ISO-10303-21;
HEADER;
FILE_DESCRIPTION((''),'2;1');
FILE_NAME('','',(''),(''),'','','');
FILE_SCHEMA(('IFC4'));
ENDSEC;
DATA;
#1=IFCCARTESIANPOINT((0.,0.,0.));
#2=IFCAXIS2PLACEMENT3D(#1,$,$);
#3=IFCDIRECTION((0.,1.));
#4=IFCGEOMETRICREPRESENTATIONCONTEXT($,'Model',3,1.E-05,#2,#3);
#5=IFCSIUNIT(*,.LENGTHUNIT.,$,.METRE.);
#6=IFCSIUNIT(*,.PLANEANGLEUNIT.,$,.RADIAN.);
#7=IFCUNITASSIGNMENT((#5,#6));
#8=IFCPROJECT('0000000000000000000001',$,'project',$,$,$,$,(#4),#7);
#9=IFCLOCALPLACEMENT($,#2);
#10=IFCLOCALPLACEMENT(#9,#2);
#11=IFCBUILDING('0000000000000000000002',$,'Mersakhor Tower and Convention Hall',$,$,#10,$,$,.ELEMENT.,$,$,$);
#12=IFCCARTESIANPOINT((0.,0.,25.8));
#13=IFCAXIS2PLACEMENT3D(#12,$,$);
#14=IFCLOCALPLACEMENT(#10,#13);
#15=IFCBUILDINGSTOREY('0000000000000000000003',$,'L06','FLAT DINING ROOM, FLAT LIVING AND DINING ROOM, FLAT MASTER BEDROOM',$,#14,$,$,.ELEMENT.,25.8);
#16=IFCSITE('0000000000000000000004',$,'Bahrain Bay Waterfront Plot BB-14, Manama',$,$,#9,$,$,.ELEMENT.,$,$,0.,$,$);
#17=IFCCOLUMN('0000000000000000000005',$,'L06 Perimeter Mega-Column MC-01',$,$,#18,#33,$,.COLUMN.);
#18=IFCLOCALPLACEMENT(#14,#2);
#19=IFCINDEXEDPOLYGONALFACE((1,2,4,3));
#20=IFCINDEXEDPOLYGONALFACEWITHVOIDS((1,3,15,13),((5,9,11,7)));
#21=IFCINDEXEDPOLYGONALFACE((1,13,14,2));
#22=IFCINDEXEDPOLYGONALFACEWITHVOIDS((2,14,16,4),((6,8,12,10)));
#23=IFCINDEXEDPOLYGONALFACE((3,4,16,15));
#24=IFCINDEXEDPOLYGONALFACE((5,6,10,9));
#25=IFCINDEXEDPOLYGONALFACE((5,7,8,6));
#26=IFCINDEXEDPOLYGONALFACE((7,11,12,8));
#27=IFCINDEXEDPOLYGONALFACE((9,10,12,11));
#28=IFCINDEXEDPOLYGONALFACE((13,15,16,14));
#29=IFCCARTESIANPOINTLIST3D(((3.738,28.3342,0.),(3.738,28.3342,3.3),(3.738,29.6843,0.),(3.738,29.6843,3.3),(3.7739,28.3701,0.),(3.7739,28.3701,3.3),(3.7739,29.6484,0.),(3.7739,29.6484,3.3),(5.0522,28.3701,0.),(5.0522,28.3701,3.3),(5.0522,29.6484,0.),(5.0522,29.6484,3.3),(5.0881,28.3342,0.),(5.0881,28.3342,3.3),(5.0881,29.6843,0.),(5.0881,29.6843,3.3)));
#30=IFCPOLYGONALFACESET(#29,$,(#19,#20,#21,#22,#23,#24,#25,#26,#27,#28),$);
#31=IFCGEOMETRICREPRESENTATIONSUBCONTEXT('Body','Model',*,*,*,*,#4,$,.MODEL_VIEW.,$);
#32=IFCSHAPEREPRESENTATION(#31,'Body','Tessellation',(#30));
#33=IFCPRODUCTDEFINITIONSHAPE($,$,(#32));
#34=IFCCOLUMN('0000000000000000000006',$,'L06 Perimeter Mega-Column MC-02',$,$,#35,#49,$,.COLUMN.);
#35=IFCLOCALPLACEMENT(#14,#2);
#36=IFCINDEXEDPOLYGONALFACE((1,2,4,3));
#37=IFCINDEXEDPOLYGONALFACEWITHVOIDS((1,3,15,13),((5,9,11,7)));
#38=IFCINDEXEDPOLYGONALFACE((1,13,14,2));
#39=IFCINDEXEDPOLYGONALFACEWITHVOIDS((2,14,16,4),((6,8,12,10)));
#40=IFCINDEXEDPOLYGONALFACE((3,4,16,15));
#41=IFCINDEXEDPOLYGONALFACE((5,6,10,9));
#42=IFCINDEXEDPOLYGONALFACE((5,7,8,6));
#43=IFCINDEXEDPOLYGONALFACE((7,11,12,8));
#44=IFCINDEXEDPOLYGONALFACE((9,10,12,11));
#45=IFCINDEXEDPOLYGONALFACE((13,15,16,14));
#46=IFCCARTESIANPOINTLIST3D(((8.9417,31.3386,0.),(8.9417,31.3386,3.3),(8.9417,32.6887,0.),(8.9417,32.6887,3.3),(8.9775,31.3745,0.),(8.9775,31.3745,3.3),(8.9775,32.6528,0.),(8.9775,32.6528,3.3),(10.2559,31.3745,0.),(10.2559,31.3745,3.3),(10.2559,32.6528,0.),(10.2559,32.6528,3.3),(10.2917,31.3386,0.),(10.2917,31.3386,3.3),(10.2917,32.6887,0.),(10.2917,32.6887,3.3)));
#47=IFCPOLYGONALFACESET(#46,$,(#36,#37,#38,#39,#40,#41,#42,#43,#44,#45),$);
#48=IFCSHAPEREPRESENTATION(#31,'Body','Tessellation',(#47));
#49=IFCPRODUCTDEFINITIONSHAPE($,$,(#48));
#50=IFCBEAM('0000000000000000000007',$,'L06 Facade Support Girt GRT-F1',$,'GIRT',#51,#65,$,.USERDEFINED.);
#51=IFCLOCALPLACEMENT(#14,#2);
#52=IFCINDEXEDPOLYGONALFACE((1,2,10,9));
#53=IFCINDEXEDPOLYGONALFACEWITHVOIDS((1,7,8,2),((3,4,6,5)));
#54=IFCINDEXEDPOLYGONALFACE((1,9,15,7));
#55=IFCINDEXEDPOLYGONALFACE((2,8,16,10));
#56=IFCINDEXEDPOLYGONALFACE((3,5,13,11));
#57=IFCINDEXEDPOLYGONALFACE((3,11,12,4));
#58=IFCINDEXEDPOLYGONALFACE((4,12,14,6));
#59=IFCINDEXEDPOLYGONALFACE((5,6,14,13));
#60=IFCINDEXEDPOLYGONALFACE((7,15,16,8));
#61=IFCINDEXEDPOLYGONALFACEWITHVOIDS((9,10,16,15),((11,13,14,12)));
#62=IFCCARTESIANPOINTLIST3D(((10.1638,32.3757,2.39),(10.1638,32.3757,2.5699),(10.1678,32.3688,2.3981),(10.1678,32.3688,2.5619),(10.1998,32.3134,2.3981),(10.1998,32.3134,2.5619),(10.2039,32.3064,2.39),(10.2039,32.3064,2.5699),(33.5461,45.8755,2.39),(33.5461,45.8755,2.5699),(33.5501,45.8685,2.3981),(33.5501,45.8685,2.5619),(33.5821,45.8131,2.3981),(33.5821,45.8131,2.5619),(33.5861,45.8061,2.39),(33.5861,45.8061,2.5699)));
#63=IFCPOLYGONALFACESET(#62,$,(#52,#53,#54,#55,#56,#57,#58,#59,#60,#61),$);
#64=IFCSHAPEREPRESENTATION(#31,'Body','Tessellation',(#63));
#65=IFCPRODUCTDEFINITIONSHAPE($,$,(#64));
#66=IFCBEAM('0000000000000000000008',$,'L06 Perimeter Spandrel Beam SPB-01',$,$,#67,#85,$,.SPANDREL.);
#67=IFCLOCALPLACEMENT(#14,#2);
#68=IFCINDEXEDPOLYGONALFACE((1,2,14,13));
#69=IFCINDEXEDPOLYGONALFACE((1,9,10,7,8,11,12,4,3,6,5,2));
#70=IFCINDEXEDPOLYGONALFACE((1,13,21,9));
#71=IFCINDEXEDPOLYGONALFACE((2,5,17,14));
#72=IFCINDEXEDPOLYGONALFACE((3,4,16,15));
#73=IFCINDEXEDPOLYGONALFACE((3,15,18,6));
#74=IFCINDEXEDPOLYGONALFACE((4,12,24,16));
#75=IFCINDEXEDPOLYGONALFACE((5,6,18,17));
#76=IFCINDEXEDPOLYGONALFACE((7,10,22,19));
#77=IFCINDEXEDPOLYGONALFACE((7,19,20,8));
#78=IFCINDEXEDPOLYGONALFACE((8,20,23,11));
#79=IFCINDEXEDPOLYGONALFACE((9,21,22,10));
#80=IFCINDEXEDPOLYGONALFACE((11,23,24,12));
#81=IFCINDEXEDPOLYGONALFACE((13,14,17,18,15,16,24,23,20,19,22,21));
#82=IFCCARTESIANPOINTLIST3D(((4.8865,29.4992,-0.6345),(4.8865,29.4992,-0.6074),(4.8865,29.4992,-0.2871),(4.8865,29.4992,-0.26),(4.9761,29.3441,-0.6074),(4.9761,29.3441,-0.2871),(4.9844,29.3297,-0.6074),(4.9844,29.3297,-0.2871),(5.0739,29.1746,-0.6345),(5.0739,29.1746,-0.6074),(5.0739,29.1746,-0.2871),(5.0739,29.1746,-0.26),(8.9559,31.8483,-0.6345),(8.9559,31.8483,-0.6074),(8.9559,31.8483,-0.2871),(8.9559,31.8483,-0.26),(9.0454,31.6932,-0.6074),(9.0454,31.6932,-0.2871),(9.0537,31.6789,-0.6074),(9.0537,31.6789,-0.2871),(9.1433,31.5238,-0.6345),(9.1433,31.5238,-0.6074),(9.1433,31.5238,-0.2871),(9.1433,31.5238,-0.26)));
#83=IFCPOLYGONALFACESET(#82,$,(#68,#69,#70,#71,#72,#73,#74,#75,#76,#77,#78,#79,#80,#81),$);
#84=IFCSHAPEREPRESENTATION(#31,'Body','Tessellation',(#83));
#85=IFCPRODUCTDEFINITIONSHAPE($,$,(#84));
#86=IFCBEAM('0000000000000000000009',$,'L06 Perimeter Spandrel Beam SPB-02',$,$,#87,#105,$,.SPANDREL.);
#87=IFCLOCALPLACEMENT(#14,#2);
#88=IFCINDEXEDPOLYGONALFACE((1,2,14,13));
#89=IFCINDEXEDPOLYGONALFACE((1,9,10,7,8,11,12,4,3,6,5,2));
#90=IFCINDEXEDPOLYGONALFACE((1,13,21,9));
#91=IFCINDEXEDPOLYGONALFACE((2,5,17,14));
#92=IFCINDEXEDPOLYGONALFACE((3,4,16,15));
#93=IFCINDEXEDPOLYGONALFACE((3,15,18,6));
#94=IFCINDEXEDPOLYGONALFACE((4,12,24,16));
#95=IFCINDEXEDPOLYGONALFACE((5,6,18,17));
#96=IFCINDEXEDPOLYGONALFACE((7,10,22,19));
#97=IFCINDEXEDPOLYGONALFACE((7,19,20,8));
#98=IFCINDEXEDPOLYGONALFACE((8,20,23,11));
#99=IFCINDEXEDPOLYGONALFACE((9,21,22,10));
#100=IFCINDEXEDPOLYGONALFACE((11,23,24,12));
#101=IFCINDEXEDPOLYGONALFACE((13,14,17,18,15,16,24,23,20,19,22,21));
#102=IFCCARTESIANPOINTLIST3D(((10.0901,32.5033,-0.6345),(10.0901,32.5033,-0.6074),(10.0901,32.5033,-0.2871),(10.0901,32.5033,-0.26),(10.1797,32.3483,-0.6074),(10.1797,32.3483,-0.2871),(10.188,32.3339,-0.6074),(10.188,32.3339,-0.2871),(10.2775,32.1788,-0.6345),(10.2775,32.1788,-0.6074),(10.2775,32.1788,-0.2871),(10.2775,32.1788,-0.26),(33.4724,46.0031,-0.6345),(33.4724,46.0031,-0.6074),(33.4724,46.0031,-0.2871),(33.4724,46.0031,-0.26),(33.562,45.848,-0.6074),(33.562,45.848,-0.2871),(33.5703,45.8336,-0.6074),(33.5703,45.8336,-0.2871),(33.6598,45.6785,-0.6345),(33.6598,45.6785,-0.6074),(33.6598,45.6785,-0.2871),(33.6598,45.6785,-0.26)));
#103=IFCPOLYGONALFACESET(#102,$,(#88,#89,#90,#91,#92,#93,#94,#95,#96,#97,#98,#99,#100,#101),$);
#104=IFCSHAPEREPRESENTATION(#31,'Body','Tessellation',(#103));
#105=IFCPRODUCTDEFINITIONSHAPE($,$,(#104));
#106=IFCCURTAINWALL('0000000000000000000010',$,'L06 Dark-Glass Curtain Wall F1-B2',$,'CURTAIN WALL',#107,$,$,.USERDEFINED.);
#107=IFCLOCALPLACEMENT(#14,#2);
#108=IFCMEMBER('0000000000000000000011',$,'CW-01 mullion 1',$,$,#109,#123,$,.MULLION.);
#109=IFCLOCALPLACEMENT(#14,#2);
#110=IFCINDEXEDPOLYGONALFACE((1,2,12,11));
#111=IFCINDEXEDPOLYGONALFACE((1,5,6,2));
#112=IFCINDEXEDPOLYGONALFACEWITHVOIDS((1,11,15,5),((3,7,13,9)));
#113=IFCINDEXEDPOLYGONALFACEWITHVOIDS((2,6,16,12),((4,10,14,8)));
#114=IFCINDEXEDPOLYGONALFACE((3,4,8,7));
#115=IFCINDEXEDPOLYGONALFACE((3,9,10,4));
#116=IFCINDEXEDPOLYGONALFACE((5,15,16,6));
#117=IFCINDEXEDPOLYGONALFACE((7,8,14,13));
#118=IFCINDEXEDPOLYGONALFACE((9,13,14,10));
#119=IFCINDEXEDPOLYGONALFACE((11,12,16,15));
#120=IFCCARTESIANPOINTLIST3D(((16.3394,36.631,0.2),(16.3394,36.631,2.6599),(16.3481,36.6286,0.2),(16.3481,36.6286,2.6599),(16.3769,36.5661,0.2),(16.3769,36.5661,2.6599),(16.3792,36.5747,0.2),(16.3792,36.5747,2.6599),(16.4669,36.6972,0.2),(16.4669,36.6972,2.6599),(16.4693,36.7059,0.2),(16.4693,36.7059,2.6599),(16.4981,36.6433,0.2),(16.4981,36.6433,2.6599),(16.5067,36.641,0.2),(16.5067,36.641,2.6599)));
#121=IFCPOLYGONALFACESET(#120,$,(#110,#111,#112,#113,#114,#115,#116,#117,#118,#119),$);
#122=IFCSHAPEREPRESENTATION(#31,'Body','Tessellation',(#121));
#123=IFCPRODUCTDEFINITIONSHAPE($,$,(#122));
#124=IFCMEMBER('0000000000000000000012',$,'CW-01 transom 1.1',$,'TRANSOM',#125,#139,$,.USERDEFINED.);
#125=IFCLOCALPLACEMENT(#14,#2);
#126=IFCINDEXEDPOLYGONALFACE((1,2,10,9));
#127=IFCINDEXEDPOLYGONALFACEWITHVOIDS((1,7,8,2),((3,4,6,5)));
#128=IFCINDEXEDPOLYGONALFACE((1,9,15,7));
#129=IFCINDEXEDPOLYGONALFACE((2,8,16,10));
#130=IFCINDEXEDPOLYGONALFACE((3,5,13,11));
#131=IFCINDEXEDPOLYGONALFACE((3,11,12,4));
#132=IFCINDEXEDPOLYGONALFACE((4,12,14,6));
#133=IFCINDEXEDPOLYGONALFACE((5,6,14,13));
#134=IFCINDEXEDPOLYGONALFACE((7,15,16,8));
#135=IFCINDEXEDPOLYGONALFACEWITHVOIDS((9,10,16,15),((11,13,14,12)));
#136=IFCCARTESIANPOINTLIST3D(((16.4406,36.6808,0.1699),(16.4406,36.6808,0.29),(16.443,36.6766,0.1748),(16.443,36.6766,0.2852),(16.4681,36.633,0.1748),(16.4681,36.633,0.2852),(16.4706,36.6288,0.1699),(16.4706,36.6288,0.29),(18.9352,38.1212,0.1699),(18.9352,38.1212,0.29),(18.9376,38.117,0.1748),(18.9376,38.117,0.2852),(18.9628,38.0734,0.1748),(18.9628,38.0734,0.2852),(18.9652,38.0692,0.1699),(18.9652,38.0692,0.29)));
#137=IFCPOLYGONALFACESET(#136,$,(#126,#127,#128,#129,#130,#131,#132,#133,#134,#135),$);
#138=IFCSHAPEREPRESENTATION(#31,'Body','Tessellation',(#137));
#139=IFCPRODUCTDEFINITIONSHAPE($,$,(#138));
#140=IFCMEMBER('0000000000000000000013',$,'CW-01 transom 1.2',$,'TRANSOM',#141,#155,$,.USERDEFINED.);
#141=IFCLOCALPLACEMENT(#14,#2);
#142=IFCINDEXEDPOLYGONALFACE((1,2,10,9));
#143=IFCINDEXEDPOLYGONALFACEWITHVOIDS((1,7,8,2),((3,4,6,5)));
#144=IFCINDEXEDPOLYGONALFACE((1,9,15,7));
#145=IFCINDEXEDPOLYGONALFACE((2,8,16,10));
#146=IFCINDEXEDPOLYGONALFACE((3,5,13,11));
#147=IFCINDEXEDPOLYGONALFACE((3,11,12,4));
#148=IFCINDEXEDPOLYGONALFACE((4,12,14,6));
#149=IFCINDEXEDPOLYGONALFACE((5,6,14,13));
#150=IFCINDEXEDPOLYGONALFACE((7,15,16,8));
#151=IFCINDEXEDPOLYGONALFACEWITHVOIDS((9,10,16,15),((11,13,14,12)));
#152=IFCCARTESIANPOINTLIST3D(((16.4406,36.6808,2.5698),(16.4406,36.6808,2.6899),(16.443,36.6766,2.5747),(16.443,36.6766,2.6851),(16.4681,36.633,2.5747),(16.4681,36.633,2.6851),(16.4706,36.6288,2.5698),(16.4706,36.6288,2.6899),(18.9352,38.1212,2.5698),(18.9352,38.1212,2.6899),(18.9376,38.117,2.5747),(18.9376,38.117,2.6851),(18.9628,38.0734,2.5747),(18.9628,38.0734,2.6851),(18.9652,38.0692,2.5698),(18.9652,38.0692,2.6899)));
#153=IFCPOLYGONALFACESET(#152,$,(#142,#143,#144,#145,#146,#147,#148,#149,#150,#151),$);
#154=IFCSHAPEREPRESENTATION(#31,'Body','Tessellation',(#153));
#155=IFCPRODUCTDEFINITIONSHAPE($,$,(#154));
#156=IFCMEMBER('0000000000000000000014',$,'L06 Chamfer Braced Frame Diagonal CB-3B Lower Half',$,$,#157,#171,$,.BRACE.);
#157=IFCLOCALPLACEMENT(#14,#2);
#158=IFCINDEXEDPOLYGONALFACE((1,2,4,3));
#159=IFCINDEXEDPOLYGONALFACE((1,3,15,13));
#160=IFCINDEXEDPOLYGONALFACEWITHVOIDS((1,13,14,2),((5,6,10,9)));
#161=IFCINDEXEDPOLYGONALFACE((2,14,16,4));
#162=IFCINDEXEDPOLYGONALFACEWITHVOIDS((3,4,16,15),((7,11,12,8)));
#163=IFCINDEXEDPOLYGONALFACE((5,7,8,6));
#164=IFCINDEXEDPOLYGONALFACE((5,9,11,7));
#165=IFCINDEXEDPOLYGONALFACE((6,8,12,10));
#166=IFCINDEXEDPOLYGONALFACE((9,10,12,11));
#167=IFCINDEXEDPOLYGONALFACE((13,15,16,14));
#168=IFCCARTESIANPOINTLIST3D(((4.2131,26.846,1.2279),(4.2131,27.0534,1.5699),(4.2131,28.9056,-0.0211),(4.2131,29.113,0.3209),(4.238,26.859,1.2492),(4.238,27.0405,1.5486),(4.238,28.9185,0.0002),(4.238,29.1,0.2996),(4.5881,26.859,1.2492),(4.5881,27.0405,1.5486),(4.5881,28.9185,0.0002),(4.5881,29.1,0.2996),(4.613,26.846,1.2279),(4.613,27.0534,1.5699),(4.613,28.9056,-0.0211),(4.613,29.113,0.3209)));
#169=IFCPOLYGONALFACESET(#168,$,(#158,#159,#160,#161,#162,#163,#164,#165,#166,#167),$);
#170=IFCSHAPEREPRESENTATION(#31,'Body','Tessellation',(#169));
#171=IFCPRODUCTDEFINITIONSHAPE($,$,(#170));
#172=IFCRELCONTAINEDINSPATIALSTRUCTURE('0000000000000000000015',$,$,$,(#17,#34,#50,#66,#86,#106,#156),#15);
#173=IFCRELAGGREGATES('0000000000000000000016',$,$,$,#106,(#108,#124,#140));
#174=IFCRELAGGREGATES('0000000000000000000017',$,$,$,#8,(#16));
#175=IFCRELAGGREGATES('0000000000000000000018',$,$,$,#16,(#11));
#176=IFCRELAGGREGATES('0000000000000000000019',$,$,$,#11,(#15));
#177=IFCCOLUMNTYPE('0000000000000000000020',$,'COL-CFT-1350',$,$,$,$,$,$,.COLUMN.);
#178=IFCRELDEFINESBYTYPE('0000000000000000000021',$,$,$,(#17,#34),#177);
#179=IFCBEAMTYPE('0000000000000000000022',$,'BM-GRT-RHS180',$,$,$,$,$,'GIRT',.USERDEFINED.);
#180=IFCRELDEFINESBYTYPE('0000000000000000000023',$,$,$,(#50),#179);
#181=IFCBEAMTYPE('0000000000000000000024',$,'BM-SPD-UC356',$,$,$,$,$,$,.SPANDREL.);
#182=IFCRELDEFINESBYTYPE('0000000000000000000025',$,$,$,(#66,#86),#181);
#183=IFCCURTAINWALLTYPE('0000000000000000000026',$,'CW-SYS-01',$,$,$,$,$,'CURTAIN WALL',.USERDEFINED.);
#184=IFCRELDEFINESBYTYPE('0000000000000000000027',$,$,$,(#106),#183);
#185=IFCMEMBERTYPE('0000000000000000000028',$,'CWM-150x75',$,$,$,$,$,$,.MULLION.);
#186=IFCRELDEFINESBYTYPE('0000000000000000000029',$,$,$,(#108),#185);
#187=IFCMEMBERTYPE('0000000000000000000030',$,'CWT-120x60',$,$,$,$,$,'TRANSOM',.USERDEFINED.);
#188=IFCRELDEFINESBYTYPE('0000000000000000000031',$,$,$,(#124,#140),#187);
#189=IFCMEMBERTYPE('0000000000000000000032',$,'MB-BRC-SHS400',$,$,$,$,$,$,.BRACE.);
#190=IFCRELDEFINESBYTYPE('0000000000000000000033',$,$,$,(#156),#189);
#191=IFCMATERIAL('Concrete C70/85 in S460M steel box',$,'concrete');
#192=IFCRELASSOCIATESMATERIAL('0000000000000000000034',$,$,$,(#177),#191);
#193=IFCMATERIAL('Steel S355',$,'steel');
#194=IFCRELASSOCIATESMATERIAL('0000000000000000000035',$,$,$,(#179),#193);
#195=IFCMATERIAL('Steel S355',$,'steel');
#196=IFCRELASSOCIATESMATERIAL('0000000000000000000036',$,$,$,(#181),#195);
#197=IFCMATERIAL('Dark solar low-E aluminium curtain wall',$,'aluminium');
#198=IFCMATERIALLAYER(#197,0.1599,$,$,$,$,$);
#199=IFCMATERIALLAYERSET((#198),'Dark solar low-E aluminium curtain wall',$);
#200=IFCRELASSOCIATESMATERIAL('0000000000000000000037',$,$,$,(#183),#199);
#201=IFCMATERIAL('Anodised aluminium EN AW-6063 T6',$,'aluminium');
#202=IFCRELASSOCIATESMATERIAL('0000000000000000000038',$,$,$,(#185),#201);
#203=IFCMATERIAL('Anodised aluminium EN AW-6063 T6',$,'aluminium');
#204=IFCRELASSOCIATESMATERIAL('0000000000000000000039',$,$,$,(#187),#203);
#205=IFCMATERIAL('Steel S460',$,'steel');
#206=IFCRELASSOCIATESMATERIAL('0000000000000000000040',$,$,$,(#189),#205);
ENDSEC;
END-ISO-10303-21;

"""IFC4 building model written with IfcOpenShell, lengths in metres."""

from ifc_helpers import new_model, si_unit, direction, frame, origin, origin_2d, place, context, subcontext, project, spatial, hollow_rectangle, i_section, extrude, material, layer, layer_set, material_profile, profile_set, type_object, element, aggregate, save


model = new_model("IFC4")

# Units and contexts
model_context = context("Model", 3, precision=1e-05, world=origin(), true_north=direction((0.0, 1.0)))
body_context = subcontext(model_context, "Body", "Model", "MODEL_VIEW")
ifc_project = project(units=[si_unit("LENGTHUNIT", "METRE"), si_unit("PLANEANGLEUNIT", "RADIAN")], contexts=[model_context])

# Site, building, storey
site_placement = place(None, origin())
site = spatial("IfcSite", under=ifc_project, at=site_placement, Name="Bahrain Bay Waterfront Plot BB-14, Manama", CompositionType="ELEMENT", RefElevation=0.0)
building_placement = place(site_placement, origin())
building = spatial("IfcBuilding", under=site, at=building_placement, Name="Mersakhor Tower and Convention Hall", CompositionType="ELEMENT")
storey_placement = place(building_placement, frame((0.0, 0.0, 25.8)))
storey = spatial("IfcBuildingStorey", under=building, at=storey_placement, Name="L06", Description="FLAT DINING ROOM, FLAT LIVING AND DINING ROOM, FLAT MASTER BEDROOM", CompositionType="ELEMENT", Elevation=25.8)

# Columns
ifc_material_1 = material(Name="Concrete C70/85 in S460M steel box", Category="concrete")
ifc_material_profile_1 = material_profile(ifc_material_1, hollow_rectangle(XDim=1.3501, YDim=1.3501, WallThickness=0.0359, at=origin_2d()), Name="SHS 1350x1350x36")
ifc_profile_set_1 = profile_set([ifc_material_profile_1], Name="Concrete C70/85 in S460M steel box")
column_type = type_object("IfcColumnType", Name="COL-CFT-1350", PredefinedType="COLUMN", material=ifc_profile_set_1)
for number, where, z_axis, x_axis, name in (
    (1, (4.4131, 29.0093, 0.0), (0.0, 0.0, 1.0), (1.0, 0.0, 0.0), "L06 Perimeter Mega-Column MC-01"),
    (2, (9.6167, 32.0137, 0.0), (0.0, 0.0, 1.0), (1.0, 0.0, 0.0), "L06 Perimeter Mega-Column MC-02"),
):
    element("IfcColumn", number, at=place(storey_placement, frame(where, z_axis=z_axis, x_axis=x_axis)), inside=storey, type_object=column_type, Name=name, PredefinedType="COLUMN", context=body_context, shape_type="SweptSolid", body=[
        extrude(hollow_rectangle(XDim=1.3501, YDim=1.3501, WallThickness=0.0359, at=origin_2d()), origin(), (0.0, 0.0, 1.0), 3.3),
    ])

# Beams
ifc_material_2 = material(Name="Steel S355", Category="steel")
ifc_material_profile_2 = material_profile(ifc_material_2, hollow_rectangle(XDim=0.0801, YDim=0.1799, WallThickness=0.0081, at=origin_2d()), Name="RHS 180x80x8")
ifc_profile_set_2 = profile_set([ifc_material_profile_2], Name="Steel S355")
beam_type_1 = type_object("IfcBeamType", Name="BM-GRT-RHS180", ElementType="GIRT", PredefinedType="USERDEFINED", material=ifc_profile_set_2)
beam_1_placement = place(storey_placement, frame((10.1838, 32.3411, 2.48), z_axis=(0.866026, 0.499999, 0.0), x_axis=(-0.499999, 0.866026, 0.0)))
element("IfcBeam", 3, at=beam_1_placement, inside=storey, type_object=beam_type_1, Name="L06 Facade Support Girt GRT-F1", ObjectType="GIRT", PredefinedType="USERDEFINED", context=body_context, shape_type="SweptSolid", body=[
    extrude(hollow_rectangle(XDim=0.0801, YDim=0.1799, WallThickness=0.0081, at=origin_2d()), origin(), (0.0, 0.0, 1.0), 26.9995),
])
ifc_material_3 = material(Name="Steel S355", Category="steel")
ifc_material_profile_3 = material_profile(ifc_material_3, i_section(OverallWidth=0.3748, OverallDepth=0.3745, WebThickness=0.0166, FlangeThickness=0.0271, at=origin_2d()), Name="UC 356x368x202")
ifc_profile_set_3 = profile_set([ifc_material_profile_3], Name="Steel S355")
beam_type_2 = type_object("IfcBeamType", Name="BM-SPD-UC356", PredefinedType="SPANDREL", material=ifc_profile_set_3)
beam_2_placement = place(storey_placement, frame((4.9802, 29.3369, -0.4473), z_axis=(0.866054, 0.49995, 0.0), x_axis=(-0.49995, 0.866054, 0.0)))
element("IfcBeam", 4, at=beam_2_placement, inside=storey, type_object=beam_type_2, Name="L06 Perimeter Spandrel Beam SPB-01", PredefinedType="SPANDREL", context=body_context, shape_type="SweptSolid", body=[
    extrude(i_section(OverallWidth=0.3748, OverallDepth=0.3745, WebThickness=0.0166, FlangeThickness=0.0271, at=origin_2d()), origin(), (0.0, 0.0, 1.0), 4.6987),
])
beam_3_placement = place(storey_placement, frame((10.1838, 32.3411, -0.4473), z_axis=(0.866026, 0.499999, 0.0), x_axis=(-0.499999, 0.866026, 0.0)))
element("IfcBeam", 5, at=beam_3_placement, inside=storey, type_object=beam_type_2, Name="L06 Perimeter Spandrel Beam SPB-02", PredefinedType="SPANDREL", context=body_context, shape_type="SweptSolid", body=[
    extrude(i_section(OverallWidth=0.3748, OverallDepth=0.3745, WebThickness=0.0166, FlangeThickness=0.0271, at=origin_2d()), origin(), (0.0, 0.0, 1.0), 26.9995),
])

# Curtain wall, members
ifc_material_4 = material(Name="Dark solar low-E aluminium curtain wall", Category="aluminium")
ifc_layer_1 = layer(ifc_material_4, 0.1599)
ifc_layer_set_1 = layer_set([ifc_layer_1], Name="Dark solar low-E aluminium curtain wall")
curtain_wall_type = type_object("IfcCurtainWallType", Name="CW-SYS-01", ElementType="CURTAIN WALL", PredefinedType="USERDEFINED", material=ifc_layer_set_1)
curtain_wall_placement = place(storey_placement, origin())
curtain_wall = element("IfcCurtainWall", 6, at=curtain_wall_placement, inside=storey, type_object=curtain_wall_type, Name="L06 Dark-Glass Curtain Wall F1-B2", ObjectType="CURTAIN WALL", PredefinedType="USERDEFINED")
ifc_material_5 = material(Name="Anodised aluminium EN AW-6063 T6", Category="aluminium")
ifc_material_profile_4 = material_profile(ifc_material_5, hollow_rectangle(XDim=0.075, YDim=0.1499, WallThickness=0.0063, at=origin_2d()), Name="RHS 150x75x6.3")
ifc_profile_set_4 = profile_set([ifc_material_profile_4], Name="Anodised aluminium EN AW-6063 T6")
member_type_1 = type_object("IfcMemberType", Name="CWM-150x75", PredefinedType="MULLION", material=ifc_profile_set_4)
member_1_placement = place(storey_placement, frame((16.4231, 36.636, 0.2), z_axis=(0.0, 0.0, 1.0), x_axis=(-0.500003, 0.866023, 0.0)))
member_1 = element("IfcMember", 7, at=member_1_placement, type_object=member_type_1, Name="CW-01 mullion 1", PredefinedType="MULLION", context=body_context, shape_type="SweptSolid", body=[
    extrude(hollow_rectangle(XDim=0.075, YDim=0.1499, WallThickness=0.0063, at=origin_2d()), origin(), (0.0, 0.0, 1.0), 2.46),
])
ifc_material_6 = material(Name="Anodised aluminium EN AW-6063 T6", Category="aluminium")
ifc_material_profile_5 = material_profile(ifc_material_6, hollow_rectangle(XDim=0.0601, YDim=0.1201, WallThickness=0.0049, at=origin_2d()), Name="RHS 120x60x5")
ifc_profile_set_5 = profile_set([ifc_material_profile_5], Name="Anodised aluminium EN AW-6063 T6")
member_type_2 = type_object("IfcMemberType", Name="CWT-120x60", ElementType="TRANSOM", PredefinedType="USERDEFINED", material=ifc_profile_set_5)
member_2_placement = place(storey_placement, frame((16.4556, 36.6548, 0.23), z_axis=(0.866002, 0.50004, 0.0), x_axis=(-0.50004, 0.866002, 0.0)))
member_2 = element("IfcMember", 8, at=member_2_placement, type_object=member_type_2, Name="CW-01 transom 1.1", ObjectType="TRANSOM", PredefinedType="USERDEFINED", context=body_context, shape_type="SweptSolid", body=[
    extrude(hollow_rectangle(XDim=0.0601, YDim=0.1201, WallThickness=0.0049, at=origin_2d()), origin(), (0.0, 0.0, 1.0), 2.8806),
])
member_3_placement = place(storey_placement, frame((16.4556, 36.6548, 2.6299), z_axis=(0.866002, 0.50004, 0.0), x_axis=(-0.50004, 0.866002, 0.0)))
member_3 = element("IfcMember", 9, at=member_3_placement, type_object=member_type_2, Name="CW-01 transom 1.2", ObjectType="TRANSOM", PredefinedType="USERDEFINED", context=body_context, shape_type="SweptSolid", body=[
    extrude(hollow_rectangle(XDim=0.0601, YDim=0.1201, WallThickness=0.0049, at=origin_2d()), origin(), (0.0, 0.0, 1.0), 2.8806),
])
aggregate(curtain_wall, [member_1, member_2, member_3])

# Member
ifc_material_7 = material(Name="Steel S460", Category="steel")
ifc_material_profile_6 = material_profile(ifc_material_7, hollow_rectangle(XDim=0.3999, YDim=0.3999, WallThickness=0.0249, at=origin_2d()), Name="SHS 400x400x25")
ifc_profile_set_6 = profile_set([ifc_material_profile_6], Name="Steel S460")
member_type_3 = type_object("IfcMemberType", Name="MB-BRC-SHS400", PredefinedType="BRACE", material=ifc_profile_set_6)
for number, where, z_axis, x_axis, name in (
    (10, (4.4131, 29.0093, 0.1499), (0.0, -0.855051, 0.518544), (1.0, 0.0, 0.0), "L06 Chamfer Braced Frame Diagonal CB-3B Lower Half"),
):
    element("IfcMember", number, at=place(storey_placement, frame(where, z_axis=z_axis, x_axis=x_axis)), inside=storey, type_object=member_type_3, Name=name, PredefinedType="BRACE", context=body_context, shape_type="SweptSolid", body=[
        extrude(hollow_rectangle(XDim=0.3999, YDim=0.3999, WallThickness=0.0249, at=origin_2d()), origin(), (0.0, 0.0, 1.0), 2.4087),
    ])

save(model, "model.ifc")
